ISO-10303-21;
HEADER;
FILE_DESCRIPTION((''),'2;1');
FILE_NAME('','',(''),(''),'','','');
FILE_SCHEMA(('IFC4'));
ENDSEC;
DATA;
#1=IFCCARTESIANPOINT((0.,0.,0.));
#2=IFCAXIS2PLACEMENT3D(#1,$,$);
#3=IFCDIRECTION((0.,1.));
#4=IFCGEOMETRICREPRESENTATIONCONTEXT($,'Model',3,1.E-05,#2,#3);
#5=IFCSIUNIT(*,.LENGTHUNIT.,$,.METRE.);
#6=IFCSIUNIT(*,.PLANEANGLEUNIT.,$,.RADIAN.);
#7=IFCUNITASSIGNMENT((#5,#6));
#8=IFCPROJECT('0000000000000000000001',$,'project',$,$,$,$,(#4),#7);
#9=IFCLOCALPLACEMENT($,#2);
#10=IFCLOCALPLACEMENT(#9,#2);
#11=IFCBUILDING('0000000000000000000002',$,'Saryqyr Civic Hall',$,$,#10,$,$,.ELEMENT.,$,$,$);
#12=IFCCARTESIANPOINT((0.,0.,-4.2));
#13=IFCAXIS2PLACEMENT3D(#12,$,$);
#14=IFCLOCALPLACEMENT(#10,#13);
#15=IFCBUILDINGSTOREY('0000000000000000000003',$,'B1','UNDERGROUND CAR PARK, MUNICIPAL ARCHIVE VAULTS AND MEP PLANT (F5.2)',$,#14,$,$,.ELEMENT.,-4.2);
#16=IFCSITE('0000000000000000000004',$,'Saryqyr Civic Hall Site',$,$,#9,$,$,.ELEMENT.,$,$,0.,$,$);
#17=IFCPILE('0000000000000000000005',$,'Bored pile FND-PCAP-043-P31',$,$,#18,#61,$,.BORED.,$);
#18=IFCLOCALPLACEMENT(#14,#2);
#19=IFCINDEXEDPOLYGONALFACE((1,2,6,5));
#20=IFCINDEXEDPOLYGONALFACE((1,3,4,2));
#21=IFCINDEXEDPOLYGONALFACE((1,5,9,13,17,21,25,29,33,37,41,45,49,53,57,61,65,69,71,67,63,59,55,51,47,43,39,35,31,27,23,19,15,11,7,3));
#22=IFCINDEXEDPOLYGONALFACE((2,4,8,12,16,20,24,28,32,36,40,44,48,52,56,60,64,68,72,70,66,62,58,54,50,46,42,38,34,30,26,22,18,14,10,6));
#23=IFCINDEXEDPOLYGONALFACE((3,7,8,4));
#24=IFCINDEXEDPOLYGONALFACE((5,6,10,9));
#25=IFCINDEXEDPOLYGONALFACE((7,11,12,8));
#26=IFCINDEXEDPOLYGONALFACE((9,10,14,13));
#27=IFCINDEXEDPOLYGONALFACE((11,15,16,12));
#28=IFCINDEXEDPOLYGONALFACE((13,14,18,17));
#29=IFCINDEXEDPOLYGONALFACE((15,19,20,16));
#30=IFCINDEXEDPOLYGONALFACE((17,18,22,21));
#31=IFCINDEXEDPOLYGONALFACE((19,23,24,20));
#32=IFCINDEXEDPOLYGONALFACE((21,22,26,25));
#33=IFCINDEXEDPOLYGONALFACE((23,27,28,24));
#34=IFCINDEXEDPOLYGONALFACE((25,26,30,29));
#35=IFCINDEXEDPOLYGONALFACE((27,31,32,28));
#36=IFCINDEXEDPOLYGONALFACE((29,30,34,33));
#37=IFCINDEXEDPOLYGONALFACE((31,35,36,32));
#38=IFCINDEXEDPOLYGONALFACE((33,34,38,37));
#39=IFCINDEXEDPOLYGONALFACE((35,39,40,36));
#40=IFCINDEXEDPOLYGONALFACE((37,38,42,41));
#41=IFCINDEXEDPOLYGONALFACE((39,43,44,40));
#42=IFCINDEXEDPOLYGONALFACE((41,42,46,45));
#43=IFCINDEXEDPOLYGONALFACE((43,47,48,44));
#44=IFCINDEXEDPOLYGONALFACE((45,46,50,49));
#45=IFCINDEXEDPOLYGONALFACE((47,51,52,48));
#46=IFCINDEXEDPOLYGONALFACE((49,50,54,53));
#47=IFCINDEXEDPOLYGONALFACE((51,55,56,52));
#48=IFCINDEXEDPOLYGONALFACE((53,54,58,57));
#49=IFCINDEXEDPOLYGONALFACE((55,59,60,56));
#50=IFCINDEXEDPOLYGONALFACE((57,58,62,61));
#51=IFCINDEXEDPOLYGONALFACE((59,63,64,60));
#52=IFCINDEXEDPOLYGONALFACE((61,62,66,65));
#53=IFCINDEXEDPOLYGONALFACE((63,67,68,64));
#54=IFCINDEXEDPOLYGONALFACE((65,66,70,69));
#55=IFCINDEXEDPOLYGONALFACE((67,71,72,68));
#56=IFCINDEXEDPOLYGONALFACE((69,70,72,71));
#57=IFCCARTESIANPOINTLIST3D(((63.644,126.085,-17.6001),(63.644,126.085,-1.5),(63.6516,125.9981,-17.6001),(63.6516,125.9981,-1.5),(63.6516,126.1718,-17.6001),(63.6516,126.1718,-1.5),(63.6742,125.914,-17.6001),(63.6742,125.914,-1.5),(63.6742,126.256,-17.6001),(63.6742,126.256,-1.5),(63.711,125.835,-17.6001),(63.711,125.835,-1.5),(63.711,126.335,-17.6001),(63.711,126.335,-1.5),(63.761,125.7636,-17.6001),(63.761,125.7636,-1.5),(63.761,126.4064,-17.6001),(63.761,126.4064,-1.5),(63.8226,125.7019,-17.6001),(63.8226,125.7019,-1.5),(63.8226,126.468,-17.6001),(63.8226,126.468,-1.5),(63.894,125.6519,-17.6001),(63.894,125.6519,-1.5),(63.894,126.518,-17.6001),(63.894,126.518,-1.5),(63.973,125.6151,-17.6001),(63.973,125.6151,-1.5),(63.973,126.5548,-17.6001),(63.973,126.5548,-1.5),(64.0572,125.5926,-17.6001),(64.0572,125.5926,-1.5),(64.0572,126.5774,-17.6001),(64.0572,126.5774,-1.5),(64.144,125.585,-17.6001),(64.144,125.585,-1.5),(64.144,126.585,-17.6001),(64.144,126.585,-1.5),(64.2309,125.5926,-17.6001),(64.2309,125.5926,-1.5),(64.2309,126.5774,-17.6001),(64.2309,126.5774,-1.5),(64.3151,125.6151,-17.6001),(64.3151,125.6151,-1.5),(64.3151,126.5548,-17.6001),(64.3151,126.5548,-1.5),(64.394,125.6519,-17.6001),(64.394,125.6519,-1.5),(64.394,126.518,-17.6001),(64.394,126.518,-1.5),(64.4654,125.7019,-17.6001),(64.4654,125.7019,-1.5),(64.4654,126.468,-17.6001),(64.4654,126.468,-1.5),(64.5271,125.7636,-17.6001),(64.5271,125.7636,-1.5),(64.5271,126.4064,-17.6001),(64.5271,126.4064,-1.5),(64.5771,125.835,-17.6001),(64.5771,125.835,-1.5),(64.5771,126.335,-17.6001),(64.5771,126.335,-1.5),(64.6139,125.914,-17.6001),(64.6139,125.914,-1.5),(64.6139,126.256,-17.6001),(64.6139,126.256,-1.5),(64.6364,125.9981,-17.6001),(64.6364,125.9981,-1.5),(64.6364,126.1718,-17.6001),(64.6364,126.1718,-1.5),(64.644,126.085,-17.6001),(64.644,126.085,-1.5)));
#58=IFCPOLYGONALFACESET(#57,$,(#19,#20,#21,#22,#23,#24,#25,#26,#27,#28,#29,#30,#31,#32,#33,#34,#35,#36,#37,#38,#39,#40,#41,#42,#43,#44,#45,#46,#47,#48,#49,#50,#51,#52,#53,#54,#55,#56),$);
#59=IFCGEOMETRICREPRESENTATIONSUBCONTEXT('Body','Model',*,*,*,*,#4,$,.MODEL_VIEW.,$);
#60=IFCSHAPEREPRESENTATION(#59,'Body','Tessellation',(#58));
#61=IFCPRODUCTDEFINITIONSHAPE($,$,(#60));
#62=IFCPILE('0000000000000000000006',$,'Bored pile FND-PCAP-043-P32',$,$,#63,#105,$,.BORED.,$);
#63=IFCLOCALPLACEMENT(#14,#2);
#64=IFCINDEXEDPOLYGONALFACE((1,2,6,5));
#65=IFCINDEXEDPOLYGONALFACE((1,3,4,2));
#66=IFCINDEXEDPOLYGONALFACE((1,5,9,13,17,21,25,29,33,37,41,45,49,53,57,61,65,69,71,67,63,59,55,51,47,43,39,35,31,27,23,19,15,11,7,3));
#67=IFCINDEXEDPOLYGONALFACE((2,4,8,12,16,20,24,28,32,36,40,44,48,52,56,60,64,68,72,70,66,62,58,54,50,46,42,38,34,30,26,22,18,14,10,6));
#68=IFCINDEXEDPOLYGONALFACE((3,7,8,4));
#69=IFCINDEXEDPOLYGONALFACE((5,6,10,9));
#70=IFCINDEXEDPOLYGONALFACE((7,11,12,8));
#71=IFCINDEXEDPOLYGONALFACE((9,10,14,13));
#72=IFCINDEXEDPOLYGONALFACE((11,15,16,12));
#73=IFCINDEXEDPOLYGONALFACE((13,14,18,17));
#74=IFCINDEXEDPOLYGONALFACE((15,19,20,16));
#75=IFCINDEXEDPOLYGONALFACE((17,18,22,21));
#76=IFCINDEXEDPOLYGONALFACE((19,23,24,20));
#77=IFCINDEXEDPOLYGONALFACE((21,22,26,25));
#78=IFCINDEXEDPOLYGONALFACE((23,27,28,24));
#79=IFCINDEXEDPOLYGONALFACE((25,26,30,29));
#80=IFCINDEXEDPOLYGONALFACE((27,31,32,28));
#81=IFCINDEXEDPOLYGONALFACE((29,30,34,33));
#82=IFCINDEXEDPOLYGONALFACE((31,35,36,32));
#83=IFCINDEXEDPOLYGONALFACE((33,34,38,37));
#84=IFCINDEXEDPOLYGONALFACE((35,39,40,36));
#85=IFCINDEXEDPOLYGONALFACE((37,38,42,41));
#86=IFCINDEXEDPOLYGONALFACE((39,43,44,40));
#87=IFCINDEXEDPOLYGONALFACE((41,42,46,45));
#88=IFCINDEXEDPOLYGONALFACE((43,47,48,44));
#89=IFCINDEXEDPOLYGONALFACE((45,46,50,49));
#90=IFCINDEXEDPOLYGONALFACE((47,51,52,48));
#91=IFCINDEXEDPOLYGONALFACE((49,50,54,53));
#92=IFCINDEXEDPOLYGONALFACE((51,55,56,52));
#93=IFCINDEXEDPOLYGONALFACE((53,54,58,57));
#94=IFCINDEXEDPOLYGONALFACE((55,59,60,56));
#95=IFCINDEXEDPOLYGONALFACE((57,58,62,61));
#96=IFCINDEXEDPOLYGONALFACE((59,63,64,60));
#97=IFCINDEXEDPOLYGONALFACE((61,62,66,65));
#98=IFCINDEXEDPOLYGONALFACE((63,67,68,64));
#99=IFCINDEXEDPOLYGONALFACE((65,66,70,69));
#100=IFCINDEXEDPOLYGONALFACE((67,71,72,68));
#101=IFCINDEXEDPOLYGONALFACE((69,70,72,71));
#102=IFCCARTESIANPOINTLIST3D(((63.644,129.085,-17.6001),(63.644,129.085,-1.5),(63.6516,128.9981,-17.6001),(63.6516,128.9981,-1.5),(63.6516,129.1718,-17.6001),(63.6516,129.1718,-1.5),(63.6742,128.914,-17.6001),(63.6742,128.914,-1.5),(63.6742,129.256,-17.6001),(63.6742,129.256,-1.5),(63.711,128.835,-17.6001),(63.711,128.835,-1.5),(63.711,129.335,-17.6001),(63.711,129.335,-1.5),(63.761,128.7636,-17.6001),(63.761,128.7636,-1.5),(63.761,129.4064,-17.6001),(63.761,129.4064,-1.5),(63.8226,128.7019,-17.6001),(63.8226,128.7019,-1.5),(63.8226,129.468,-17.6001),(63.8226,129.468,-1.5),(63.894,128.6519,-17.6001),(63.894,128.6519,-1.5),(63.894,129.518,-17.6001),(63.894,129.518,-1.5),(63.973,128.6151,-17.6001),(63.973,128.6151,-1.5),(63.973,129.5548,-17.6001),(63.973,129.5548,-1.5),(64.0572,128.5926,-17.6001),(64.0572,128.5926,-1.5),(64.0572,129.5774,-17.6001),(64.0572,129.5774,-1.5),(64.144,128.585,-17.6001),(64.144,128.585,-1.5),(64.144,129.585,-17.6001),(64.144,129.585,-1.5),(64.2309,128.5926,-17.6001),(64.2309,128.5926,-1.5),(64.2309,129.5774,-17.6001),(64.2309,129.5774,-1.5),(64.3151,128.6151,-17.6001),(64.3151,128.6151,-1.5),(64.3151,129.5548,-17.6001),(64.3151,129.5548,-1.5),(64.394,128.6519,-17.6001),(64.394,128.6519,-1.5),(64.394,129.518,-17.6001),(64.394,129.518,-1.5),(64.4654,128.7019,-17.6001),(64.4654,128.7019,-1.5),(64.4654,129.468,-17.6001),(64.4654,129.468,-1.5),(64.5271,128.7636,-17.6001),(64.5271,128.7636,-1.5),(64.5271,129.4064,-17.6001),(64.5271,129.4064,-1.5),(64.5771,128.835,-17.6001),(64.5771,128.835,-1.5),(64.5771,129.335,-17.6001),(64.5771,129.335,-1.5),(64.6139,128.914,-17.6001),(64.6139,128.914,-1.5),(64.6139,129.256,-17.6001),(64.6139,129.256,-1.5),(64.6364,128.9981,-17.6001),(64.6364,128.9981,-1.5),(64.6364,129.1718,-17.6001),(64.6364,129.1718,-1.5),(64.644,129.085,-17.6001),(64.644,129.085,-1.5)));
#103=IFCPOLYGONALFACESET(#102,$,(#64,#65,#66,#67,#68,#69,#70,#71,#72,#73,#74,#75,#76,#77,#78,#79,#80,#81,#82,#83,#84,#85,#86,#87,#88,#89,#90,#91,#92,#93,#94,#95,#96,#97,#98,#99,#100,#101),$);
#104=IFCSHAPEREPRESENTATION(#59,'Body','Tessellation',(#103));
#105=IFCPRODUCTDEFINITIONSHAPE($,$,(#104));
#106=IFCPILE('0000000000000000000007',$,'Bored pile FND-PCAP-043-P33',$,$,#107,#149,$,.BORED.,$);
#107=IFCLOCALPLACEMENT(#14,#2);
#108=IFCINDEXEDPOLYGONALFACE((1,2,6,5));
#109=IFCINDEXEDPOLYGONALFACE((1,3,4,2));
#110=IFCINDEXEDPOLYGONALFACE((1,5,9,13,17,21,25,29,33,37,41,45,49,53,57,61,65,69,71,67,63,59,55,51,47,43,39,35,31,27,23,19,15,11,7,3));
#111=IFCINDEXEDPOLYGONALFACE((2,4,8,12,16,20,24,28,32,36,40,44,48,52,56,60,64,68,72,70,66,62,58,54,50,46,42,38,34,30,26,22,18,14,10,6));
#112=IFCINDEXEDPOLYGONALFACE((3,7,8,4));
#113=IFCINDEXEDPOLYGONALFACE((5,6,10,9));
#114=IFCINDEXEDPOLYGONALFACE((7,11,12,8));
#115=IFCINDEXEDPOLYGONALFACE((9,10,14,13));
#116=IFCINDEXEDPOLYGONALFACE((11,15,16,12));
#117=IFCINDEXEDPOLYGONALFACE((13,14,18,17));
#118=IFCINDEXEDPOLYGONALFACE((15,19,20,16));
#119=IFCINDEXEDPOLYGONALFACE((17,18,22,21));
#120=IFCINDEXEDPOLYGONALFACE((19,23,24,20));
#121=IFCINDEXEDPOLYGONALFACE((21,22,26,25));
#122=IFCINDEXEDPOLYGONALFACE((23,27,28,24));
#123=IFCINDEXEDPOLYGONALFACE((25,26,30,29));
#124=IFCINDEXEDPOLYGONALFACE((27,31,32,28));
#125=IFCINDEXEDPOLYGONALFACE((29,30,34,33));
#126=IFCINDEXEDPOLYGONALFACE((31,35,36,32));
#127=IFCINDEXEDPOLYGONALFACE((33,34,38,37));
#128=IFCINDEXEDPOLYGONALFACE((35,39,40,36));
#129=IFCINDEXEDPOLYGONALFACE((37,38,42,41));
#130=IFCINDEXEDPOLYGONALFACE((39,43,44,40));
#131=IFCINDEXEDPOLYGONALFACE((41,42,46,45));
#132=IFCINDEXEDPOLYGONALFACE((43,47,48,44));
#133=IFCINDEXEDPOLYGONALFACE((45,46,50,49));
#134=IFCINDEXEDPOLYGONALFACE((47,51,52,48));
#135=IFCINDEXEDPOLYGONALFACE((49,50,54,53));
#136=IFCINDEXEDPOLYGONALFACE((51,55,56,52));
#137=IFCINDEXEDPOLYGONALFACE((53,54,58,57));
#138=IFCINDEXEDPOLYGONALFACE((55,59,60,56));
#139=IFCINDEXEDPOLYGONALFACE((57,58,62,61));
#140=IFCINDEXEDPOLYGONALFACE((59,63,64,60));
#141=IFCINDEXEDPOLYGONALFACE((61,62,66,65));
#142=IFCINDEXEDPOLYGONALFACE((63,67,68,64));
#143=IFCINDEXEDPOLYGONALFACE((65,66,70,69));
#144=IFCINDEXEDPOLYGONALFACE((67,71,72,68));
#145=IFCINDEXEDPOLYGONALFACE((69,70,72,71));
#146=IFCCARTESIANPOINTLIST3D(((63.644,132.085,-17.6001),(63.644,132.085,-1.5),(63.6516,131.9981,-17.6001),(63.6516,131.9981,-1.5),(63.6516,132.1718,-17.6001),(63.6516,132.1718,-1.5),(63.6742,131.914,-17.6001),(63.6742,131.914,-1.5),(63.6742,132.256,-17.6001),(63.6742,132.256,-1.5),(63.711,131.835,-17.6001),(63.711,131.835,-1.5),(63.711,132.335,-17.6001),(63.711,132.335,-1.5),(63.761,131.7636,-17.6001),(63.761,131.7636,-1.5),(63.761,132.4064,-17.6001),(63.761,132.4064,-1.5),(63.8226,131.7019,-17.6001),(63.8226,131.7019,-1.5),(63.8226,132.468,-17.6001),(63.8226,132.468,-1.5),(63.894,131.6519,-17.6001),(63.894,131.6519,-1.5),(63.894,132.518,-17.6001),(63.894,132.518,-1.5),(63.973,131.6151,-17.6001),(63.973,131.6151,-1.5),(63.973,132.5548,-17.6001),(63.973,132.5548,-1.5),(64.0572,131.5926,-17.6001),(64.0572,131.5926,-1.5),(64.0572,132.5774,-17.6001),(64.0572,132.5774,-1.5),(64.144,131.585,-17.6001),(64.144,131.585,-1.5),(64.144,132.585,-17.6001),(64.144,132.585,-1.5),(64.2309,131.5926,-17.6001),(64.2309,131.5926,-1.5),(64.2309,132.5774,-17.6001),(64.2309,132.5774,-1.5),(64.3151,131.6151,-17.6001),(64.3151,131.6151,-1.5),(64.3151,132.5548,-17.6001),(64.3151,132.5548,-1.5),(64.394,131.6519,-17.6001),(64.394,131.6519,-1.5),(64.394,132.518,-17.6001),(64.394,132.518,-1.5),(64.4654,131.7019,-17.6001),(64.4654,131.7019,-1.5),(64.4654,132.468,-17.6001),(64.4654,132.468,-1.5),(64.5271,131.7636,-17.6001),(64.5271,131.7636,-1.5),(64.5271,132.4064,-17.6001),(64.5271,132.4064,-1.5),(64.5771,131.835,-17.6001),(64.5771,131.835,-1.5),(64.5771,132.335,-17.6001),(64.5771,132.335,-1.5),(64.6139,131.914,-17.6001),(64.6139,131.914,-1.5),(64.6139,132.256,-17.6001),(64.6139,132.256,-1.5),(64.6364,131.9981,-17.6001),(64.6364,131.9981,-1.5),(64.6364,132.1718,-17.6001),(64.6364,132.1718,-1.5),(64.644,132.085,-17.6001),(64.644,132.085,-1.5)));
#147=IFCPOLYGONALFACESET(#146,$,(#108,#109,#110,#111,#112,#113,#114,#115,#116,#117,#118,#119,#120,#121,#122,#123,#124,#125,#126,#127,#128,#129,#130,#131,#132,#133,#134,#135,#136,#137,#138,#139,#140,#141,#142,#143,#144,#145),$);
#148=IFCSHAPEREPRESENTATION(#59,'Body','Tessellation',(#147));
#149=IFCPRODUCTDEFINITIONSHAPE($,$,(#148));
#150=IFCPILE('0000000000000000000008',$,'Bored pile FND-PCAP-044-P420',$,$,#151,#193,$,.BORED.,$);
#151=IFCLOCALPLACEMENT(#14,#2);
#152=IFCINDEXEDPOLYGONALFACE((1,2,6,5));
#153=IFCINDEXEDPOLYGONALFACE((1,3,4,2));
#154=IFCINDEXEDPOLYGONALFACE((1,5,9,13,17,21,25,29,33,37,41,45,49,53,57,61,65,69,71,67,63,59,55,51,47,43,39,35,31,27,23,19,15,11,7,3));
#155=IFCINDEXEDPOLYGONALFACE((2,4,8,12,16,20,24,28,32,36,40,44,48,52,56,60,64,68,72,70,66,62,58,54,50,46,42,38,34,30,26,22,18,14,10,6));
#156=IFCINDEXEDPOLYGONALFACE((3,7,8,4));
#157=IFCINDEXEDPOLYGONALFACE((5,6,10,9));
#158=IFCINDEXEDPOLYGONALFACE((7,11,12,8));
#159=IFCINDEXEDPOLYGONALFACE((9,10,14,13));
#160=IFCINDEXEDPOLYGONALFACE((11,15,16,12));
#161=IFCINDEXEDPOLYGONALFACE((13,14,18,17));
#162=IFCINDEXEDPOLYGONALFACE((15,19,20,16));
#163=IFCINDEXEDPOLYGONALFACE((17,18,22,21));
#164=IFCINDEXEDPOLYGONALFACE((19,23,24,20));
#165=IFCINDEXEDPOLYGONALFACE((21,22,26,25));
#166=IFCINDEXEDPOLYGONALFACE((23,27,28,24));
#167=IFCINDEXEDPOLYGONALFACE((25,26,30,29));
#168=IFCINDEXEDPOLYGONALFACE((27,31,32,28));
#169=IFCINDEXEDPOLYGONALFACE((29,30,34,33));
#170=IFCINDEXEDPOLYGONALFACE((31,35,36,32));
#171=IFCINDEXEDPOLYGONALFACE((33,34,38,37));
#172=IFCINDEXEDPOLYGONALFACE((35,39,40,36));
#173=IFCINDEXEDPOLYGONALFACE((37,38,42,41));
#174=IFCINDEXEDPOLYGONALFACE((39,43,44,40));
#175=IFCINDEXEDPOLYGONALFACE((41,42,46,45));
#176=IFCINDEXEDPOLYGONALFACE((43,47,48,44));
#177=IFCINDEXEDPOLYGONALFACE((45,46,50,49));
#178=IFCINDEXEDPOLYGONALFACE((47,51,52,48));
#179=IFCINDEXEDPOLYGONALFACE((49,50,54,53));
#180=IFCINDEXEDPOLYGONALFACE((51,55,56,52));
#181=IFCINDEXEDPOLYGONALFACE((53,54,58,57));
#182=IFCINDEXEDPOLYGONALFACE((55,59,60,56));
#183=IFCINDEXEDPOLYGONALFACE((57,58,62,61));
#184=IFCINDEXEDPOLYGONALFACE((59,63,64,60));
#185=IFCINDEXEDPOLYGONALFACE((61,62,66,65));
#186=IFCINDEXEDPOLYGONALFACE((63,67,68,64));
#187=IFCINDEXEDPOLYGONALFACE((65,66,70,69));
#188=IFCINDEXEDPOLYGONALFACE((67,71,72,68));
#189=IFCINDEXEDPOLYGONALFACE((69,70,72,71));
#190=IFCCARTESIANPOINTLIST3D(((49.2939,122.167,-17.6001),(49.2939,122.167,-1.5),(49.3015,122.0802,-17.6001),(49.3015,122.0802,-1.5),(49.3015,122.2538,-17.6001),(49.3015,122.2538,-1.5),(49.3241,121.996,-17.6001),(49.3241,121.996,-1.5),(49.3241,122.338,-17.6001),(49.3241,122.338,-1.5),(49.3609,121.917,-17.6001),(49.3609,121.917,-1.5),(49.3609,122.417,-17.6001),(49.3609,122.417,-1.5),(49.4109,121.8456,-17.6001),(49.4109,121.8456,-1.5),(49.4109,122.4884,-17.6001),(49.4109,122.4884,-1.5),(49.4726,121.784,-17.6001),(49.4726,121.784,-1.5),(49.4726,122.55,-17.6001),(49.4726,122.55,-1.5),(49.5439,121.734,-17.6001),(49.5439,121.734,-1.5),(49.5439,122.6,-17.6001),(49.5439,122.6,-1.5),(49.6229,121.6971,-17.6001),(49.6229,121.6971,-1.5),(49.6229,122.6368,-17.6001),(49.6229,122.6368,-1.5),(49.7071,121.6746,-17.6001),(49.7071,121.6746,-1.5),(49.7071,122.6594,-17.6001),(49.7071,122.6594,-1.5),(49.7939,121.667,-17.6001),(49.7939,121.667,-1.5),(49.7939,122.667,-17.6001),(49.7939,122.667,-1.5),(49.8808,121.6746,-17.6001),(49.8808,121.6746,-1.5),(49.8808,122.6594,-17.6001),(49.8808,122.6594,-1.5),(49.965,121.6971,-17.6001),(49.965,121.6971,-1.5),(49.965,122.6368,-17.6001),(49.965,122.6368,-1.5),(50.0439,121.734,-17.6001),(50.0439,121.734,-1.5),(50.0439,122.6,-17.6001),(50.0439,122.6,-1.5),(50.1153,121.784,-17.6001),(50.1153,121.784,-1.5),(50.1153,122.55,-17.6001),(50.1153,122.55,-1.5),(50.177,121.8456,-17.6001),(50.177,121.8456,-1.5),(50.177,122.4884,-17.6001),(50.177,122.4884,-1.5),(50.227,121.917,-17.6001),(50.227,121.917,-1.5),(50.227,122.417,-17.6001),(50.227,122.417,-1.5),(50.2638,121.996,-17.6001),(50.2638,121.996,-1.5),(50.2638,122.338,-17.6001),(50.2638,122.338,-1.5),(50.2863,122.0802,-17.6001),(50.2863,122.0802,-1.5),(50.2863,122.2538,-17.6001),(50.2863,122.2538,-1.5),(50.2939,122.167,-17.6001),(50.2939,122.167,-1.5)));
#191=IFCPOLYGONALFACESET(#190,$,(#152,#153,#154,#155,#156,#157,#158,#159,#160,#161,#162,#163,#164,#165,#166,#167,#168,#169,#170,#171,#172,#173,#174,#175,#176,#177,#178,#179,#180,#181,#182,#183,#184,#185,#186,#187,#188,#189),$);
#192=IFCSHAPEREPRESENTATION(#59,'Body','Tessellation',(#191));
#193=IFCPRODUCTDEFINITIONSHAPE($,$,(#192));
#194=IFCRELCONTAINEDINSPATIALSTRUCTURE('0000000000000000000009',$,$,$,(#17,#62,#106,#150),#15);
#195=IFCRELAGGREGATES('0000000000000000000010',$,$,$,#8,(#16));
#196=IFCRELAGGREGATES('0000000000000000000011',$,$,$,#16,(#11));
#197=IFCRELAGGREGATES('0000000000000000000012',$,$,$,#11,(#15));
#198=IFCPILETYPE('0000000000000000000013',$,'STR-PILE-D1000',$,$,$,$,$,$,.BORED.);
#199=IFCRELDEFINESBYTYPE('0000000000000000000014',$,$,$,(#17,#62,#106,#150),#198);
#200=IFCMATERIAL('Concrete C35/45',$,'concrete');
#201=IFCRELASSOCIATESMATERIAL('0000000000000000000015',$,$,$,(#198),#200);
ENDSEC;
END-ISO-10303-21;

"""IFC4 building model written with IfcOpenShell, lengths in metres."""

from ifc_helpers import new_model, si_unit, direction, frame, origin, origin_2d, place, context, subcontext, project, spatial, circle, extrude, material, material_profile, profile_set, type_object, element, save


model = new_model("IFC4")

# Units and contexts
model_context = context("Model", 3, precision=1e-05, world=origin(), true_north=direction((0.0, 1.0)))
body_context = subcontext(model_context, "Body", "Model", "MODEL_VIEW")
ifc_project = project(units=[si_unit("LENGTHUNIT", "METRE"), si_unit("PLANEANGLEUNIT", "RADIAN")], contexts=[model_context])

# Site, building, storey
site_placement = place(None, origin())
site = spatial("IfcSite", under=ifc_project, at=site_placement, Name="Saryqyr Civic Hall Site", CompositionType="ELEMENT", RefElevation=0.0)
building_placement = place(site_placement, origin())
building = spatial("IfcBuilding", under=site, at=building_placement, Name="Saryqyr Civic Hall", CompositionType="ELEMENT")
storey_placement = place(building_placement, frame((0.0, 0.0, -4.2)))
storey = spatial("IfcBuildingStorey", under=building, at=storey_placement, Name="B1", Description="UNDERGROUND CAR PARK, MUNICIPAL ARCHIVE VAULTS AND MEP PLANT (F5.2)", CompositionType="ELEMENT", Elevation=-4.2)

# Shared definitions
ifc_material_1 = material(Name="Concrete C35/45", Category="concrete")

# Piles
ifc_material_profile_1 = material_profile(ifc_material_1, circle(Radius=0.5, at=origin_2d()), Name="BORED PILE D1000")
ifc_profile_set_1 = profile_set([ifc_material_profile_1], Name="Concrete C35/45")
pile_type = type_object("IfcPileType", Name="STR-PILE-D1000", PredefinedType="BORED", material=ifc_profile_set_1)
for number, where, z_axis, x_axis, name in (
    (1, (64.144, 126.085, -1.5), (0.0, 0.0, -1.0), (1.0, 0.0, 0.0), "Bored pile FND-PCAP-043-P31"),
    (2, (64.144, 129.085, -1.5), (0.0, 0.0, -1.0), (1.0, 0.0, 0.0), "Bored pile FND-PCAP-043-P32"),
    (3, (64.144, 132.085, -1.5), (0.0, 0.0, -1.0), (1.0, 0.0, 0.0), "Bored pile FND-PCAP-043-P33"),
    (4, (49.7939, 122.167, -1.5), (0.0, 0.0, -1.0), (1.0, 0.0, 0.0), "Bored pile FND-PCAP-044-P420"),
):
    element("IfcPile", number, at=place(storey_placement, frame(where, z_axis=z_axis, x_axis=x_axis)), inside=storey, type_object=pile_type, Name=name, PredefinedType="BORED", context=body_context, shape_type="SweptSolid", body=[
        extrude(circle(Radius=0.5, at=origin_2d()), origin(), (0.0, 0.0, 1.0), 16.1001),
    ])

save(model, "model.ifc")
